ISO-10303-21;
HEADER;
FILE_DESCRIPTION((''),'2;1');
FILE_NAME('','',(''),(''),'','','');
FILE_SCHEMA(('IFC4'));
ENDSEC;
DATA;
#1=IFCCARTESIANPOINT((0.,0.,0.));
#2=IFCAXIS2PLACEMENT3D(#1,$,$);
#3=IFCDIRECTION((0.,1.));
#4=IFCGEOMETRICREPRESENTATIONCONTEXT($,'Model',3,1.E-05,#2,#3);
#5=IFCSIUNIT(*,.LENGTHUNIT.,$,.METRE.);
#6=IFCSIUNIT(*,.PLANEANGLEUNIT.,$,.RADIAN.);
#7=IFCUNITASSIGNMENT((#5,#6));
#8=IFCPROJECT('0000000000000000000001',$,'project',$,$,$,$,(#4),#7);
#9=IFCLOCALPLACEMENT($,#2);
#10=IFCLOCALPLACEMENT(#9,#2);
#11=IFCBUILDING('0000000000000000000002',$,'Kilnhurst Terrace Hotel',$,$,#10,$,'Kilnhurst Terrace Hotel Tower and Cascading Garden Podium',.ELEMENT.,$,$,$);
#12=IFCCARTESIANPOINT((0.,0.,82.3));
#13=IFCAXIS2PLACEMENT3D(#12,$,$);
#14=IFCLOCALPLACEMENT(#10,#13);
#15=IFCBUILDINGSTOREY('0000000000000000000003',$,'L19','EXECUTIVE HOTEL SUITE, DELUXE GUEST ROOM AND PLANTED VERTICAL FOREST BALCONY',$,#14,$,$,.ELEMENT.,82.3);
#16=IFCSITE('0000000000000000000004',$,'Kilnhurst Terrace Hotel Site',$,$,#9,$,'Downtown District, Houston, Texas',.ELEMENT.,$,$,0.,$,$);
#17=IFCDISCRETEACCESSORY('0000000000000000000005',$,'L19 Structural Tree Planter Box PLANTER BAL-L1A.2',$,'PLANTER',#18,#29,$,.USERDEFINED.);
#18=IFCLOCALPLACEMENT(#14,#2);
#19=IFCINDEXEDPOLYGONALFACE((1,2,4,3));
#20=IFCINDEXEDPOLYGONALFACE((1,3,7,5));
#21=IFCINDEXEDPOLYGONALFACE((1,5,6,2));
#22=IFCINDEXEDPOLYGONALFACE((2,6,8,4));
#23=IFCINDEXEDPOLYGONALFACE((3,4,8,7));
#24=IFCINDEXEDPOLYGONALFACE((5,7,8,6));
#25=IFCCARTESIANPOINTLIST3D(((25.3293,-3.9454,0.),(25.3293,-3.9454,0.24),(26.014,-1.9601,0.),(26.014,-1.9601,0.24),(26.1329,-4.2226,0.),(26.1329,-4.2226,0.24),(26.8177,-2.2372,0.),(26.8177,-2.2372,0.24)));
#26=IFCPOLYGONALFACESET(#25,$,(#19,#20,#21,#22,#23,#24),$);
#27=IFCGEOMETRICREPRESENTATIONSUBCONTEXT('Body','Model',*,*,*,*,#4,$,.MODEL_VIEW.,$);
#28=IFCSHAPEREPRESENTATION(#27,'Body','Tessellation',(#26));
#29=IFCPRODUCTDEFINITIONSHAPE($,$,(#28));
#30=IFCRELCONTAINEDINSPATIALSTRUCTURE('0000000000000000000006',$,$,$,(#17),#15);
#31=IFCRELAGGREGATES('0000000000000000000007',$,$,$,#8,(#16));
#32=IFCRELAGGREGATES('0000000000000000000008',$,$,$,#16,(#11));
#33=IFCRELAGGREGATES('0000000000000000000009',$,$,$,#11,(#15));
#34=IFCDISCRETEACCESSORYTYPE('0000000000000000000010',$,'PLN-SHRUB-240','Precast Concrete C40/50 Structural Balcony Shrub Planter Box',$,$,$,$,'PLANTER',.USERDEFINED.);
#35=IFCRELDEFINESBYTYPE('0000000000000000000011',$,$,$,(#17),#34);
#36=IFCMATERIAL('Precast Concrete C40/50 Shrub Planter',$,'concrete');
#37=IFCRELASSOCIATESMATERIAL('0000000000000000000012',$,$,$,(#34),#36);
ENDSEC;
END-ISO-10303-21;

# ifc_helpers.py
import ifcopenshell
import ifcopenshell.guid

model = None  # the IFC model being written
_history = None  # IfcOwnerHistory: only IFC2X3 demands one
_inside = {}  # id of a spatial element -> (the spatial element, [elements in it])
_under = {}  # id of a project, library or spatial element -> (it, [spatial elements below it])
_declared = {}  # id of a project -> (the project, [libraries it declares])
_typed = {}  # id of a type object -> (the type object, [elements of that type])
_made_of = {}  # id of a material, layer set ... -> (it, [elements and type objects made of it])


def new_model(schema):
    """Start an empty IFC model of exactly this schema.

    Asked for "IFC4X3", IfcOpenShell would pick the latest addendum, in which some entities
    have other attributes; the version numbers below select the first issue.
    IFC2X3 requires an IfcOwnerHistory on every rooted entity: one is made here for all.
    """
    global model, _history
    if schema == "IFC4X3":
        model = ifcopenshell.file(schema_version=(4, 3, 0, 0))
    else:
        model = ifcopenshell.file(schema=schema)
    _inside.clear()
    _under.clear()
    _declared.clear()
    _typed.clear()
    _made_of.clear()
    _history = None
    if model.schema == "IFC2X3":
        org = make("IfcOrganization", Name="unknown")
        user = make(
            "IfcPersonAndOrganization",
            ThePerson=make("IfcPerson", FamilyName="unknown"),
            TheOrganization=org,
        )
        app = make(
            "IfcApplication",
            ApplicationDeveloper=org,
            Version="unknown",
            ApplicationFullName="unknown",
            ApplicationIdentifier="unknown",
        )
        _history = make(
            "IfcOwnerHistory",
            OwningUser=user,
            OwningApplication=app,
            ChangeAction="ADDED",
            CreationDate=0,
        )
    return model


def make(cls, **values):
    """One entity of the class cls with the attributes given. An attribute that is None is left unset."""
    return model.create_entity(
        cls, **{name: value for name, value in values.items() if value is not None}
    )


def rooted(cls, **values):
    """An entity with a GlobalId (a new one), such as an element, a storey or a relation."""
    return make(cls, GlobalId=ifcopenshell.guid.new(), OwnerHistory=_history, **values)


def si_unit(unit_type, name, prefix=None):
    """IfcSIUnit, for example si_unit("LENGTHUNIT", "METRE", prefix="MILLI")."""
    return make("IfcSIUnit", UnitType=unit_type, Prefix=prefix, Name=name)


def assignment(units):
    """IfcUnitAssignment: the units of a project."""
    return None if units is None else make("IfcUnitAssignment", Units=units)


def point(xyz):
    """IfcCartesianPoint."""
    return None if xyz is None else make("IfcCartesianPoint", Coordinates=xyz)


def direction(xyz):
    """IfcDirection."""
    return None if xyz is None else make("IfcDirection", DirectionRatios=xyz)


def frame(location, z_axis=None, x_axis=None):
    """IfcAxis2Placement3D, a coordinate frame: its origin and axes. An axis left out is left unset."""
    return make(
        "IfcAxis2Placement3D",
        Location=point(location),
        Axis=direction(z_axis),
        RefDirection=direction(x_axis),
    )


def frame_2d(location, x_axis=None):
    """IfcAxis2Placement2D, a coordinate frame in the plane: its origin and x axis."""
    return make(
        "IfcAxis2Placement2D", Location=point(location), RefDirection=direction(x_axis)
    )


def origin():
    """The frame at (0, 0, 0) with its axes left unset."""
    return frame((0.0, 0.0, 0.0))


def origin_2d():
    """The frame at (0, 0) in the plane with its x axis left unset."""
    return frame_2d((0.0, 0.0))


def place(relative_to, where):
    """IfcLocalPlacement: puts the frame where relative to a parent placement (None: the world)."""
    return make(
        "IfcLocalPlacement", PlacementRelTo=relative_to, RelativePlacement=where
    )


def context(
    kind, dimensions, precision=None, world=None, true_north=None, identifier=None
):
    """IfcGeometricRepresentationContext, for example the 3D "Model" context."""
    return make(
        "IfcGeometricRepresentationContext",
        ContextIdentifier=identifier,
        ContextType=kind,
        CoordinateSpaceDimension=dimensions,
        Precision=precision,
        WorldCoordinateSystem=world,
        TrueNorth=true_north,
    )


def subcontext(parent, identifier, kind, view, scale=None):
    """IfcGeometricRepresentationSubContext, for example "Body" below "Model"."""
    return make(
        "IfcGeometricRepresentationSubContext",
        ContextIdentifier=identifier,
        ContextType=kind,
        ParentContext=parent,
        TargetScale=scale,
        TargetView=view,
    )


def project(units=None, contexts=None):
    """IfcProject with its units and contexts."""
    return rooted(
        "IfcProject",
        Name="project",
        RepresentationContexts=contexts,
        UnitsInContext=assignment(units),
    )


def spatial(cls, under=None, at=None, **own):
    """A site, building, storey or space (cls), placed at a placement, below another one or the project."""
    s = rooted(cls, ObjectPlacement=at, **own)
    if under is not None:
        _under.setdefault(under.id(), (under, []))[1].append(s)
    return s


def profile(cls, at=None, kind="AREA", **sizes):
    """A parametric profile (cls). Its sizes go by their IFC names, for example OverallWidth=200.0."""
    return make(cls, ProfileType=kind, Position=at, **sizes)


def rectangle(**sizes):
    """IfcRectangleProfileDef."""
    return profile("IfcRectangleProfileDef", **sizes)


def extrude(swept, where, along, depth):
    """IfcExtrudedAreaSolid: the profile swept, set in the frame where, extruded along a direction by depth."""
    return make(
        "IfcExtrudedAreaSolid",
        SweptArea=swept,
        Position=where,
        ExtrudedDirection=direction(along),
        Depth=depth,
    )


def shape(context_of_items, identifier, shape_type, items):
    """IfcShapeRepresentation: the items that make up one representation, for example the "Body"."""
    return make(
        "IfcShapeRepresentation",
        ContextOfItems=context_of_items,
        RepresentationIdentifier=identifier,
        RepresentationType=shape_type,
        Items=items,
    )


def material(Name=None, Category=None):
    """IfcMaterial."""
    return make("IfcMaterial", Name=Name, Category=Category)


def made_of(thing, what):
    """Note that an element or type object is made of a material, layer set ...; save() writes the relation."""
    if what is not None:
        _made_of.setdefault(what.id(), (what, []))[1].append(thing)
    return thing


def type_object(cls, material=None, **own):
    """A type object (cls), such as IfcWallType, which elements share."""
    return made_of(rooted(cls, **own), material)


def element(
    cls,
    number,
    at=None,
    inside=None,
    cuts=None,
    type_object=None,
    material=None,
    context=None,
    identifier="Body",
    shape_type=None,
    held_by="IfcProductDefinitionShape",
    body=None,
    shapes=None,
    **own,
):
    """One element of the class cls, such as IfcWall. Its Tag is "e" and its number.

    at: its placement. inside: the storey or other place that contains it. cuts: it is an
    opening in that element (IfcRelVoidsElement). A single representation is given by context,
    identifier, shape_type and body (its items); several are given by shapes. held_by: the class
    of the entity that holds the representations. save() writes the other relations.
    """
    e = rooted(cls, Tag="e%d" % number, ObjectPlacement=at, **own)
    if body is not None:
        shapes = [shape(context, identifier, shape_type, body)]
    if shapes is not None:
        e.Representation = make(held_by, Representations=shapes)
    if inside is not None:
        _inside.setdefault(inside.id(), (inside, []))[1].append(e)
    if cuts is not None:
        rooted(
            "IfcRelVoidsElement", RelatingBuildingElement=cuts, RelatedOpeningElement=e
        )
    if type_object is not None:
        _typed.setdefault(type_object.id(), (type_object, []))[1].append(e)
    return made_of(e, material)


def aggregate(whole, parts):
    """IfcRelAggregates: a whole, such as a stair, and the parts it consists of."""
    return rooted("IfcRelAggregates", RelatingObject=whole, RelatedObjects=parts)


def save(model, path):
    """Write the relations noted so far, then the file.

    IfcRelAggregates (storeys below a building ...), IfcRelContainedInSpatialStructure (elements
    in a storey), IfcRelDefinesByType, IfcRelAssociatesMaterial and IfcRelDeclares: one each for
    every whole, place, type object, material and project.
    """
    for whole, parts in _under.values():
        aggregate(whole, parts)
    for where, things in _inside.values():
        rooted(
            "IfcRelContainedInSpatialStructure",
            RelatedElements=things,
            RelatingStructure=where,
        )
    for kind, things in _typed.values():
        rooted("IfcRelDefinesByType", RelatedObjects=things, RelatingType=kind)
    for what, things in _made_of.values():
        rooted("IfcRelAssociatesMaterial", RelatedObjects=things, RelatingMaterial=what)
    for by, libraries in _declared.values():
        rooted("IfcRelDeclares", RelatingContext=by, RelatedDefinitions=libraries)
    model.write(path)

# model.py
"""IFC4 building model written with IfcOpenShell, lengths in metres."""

from ifc_helpers import new_model, si_unit, direction, frame, origin, origin_2d, place, context, subcontext, project, spatial, rectangle, extrude, material, type_object, element, save


model = new_model("IFC4")

# Units and contexts
model_context = context("Model", 3, precision=1e-05, world=origin(), true_north=direction((0.0, 1.0)))
body_context = subcontext(model_context, "Body", "Model", "MODEL_VIEW")
ifc_project = project(units=[si_unit("LENGTHUNIT", "METRE"), si_unit("PLANEANGLEUNIT", "RADIAN")], contexts=[model_context])

# Site, building, storey
site_placement = place(None, origin())
site = spatial("IfcSite", under=ifc_project, at=site_placement, Name="Kilnhurst Terrace Hotel Site", LongName="Downtown District, Houston, Texas", CompositionType="ELEMENT", RefElevation=0.0)
building_placement = place(site_placement, origin())
building = spatial("IfcBuilding", under=site, at=building_placement, Name="Kilnhurst Terrace Hotel", LongName="Kilnhurst Terrace Hotel Tower and Cascading Garden Podium", CompositionType="ELEMENT")
storey_placement = place(building_placement, frame((0.0, 0.0, 82.3)))
storey = spatial("IfcBuildingStorey", under=building, at=storey_placement, Name="L19", Description="EXECUTIVE HOTEL SUITE, DELUXE GUEST ROOM AND PLANTED VERTICAL FOREST BALCONY", CompositionType="ELEMENT", Elevation=82.3)

# Discrete accessory
ifc_material_1 = material(Name="Precast Concrete C40/50 Shrub Planter", Category="concrete")
discrete_accessory_type = type_object("IfcDiscreteAccessoryType", Name="PLN-SHRUB-240", Description="Precast Concrete C40/50 Structural Balcony Shrub Planter Box", ElementType="PLANTER", PredefinedType="USERDEFINED", material=ifc_material_1)
discrete_accessory_placement = place(storey_placement, frame((26.0735, -3.0913, 0.0), z_axis=(0.0, 0.0, 1.0), x_axis=(0.326063, 0.945348, 0.0)))
element("IfcDiscreteAccessory", 1, at=discrete_accessory_placement, inside=storey, type_object=discrete_accessory_type, Name="L19 Structural Tree Planter Box PLANTER BAL-L1A.2", ObjectType="PLANTER", PredefinedType="USERDEFINED", context=body_context, shape_type="SweptSolid", body=[
    extrude(rectangle(XDim=2.1001, YDim=0.8501, at=origin_2d()), origin(), (0.0, 0.0, 1.0), 0.24),
])

save(model, "model.ifc")
